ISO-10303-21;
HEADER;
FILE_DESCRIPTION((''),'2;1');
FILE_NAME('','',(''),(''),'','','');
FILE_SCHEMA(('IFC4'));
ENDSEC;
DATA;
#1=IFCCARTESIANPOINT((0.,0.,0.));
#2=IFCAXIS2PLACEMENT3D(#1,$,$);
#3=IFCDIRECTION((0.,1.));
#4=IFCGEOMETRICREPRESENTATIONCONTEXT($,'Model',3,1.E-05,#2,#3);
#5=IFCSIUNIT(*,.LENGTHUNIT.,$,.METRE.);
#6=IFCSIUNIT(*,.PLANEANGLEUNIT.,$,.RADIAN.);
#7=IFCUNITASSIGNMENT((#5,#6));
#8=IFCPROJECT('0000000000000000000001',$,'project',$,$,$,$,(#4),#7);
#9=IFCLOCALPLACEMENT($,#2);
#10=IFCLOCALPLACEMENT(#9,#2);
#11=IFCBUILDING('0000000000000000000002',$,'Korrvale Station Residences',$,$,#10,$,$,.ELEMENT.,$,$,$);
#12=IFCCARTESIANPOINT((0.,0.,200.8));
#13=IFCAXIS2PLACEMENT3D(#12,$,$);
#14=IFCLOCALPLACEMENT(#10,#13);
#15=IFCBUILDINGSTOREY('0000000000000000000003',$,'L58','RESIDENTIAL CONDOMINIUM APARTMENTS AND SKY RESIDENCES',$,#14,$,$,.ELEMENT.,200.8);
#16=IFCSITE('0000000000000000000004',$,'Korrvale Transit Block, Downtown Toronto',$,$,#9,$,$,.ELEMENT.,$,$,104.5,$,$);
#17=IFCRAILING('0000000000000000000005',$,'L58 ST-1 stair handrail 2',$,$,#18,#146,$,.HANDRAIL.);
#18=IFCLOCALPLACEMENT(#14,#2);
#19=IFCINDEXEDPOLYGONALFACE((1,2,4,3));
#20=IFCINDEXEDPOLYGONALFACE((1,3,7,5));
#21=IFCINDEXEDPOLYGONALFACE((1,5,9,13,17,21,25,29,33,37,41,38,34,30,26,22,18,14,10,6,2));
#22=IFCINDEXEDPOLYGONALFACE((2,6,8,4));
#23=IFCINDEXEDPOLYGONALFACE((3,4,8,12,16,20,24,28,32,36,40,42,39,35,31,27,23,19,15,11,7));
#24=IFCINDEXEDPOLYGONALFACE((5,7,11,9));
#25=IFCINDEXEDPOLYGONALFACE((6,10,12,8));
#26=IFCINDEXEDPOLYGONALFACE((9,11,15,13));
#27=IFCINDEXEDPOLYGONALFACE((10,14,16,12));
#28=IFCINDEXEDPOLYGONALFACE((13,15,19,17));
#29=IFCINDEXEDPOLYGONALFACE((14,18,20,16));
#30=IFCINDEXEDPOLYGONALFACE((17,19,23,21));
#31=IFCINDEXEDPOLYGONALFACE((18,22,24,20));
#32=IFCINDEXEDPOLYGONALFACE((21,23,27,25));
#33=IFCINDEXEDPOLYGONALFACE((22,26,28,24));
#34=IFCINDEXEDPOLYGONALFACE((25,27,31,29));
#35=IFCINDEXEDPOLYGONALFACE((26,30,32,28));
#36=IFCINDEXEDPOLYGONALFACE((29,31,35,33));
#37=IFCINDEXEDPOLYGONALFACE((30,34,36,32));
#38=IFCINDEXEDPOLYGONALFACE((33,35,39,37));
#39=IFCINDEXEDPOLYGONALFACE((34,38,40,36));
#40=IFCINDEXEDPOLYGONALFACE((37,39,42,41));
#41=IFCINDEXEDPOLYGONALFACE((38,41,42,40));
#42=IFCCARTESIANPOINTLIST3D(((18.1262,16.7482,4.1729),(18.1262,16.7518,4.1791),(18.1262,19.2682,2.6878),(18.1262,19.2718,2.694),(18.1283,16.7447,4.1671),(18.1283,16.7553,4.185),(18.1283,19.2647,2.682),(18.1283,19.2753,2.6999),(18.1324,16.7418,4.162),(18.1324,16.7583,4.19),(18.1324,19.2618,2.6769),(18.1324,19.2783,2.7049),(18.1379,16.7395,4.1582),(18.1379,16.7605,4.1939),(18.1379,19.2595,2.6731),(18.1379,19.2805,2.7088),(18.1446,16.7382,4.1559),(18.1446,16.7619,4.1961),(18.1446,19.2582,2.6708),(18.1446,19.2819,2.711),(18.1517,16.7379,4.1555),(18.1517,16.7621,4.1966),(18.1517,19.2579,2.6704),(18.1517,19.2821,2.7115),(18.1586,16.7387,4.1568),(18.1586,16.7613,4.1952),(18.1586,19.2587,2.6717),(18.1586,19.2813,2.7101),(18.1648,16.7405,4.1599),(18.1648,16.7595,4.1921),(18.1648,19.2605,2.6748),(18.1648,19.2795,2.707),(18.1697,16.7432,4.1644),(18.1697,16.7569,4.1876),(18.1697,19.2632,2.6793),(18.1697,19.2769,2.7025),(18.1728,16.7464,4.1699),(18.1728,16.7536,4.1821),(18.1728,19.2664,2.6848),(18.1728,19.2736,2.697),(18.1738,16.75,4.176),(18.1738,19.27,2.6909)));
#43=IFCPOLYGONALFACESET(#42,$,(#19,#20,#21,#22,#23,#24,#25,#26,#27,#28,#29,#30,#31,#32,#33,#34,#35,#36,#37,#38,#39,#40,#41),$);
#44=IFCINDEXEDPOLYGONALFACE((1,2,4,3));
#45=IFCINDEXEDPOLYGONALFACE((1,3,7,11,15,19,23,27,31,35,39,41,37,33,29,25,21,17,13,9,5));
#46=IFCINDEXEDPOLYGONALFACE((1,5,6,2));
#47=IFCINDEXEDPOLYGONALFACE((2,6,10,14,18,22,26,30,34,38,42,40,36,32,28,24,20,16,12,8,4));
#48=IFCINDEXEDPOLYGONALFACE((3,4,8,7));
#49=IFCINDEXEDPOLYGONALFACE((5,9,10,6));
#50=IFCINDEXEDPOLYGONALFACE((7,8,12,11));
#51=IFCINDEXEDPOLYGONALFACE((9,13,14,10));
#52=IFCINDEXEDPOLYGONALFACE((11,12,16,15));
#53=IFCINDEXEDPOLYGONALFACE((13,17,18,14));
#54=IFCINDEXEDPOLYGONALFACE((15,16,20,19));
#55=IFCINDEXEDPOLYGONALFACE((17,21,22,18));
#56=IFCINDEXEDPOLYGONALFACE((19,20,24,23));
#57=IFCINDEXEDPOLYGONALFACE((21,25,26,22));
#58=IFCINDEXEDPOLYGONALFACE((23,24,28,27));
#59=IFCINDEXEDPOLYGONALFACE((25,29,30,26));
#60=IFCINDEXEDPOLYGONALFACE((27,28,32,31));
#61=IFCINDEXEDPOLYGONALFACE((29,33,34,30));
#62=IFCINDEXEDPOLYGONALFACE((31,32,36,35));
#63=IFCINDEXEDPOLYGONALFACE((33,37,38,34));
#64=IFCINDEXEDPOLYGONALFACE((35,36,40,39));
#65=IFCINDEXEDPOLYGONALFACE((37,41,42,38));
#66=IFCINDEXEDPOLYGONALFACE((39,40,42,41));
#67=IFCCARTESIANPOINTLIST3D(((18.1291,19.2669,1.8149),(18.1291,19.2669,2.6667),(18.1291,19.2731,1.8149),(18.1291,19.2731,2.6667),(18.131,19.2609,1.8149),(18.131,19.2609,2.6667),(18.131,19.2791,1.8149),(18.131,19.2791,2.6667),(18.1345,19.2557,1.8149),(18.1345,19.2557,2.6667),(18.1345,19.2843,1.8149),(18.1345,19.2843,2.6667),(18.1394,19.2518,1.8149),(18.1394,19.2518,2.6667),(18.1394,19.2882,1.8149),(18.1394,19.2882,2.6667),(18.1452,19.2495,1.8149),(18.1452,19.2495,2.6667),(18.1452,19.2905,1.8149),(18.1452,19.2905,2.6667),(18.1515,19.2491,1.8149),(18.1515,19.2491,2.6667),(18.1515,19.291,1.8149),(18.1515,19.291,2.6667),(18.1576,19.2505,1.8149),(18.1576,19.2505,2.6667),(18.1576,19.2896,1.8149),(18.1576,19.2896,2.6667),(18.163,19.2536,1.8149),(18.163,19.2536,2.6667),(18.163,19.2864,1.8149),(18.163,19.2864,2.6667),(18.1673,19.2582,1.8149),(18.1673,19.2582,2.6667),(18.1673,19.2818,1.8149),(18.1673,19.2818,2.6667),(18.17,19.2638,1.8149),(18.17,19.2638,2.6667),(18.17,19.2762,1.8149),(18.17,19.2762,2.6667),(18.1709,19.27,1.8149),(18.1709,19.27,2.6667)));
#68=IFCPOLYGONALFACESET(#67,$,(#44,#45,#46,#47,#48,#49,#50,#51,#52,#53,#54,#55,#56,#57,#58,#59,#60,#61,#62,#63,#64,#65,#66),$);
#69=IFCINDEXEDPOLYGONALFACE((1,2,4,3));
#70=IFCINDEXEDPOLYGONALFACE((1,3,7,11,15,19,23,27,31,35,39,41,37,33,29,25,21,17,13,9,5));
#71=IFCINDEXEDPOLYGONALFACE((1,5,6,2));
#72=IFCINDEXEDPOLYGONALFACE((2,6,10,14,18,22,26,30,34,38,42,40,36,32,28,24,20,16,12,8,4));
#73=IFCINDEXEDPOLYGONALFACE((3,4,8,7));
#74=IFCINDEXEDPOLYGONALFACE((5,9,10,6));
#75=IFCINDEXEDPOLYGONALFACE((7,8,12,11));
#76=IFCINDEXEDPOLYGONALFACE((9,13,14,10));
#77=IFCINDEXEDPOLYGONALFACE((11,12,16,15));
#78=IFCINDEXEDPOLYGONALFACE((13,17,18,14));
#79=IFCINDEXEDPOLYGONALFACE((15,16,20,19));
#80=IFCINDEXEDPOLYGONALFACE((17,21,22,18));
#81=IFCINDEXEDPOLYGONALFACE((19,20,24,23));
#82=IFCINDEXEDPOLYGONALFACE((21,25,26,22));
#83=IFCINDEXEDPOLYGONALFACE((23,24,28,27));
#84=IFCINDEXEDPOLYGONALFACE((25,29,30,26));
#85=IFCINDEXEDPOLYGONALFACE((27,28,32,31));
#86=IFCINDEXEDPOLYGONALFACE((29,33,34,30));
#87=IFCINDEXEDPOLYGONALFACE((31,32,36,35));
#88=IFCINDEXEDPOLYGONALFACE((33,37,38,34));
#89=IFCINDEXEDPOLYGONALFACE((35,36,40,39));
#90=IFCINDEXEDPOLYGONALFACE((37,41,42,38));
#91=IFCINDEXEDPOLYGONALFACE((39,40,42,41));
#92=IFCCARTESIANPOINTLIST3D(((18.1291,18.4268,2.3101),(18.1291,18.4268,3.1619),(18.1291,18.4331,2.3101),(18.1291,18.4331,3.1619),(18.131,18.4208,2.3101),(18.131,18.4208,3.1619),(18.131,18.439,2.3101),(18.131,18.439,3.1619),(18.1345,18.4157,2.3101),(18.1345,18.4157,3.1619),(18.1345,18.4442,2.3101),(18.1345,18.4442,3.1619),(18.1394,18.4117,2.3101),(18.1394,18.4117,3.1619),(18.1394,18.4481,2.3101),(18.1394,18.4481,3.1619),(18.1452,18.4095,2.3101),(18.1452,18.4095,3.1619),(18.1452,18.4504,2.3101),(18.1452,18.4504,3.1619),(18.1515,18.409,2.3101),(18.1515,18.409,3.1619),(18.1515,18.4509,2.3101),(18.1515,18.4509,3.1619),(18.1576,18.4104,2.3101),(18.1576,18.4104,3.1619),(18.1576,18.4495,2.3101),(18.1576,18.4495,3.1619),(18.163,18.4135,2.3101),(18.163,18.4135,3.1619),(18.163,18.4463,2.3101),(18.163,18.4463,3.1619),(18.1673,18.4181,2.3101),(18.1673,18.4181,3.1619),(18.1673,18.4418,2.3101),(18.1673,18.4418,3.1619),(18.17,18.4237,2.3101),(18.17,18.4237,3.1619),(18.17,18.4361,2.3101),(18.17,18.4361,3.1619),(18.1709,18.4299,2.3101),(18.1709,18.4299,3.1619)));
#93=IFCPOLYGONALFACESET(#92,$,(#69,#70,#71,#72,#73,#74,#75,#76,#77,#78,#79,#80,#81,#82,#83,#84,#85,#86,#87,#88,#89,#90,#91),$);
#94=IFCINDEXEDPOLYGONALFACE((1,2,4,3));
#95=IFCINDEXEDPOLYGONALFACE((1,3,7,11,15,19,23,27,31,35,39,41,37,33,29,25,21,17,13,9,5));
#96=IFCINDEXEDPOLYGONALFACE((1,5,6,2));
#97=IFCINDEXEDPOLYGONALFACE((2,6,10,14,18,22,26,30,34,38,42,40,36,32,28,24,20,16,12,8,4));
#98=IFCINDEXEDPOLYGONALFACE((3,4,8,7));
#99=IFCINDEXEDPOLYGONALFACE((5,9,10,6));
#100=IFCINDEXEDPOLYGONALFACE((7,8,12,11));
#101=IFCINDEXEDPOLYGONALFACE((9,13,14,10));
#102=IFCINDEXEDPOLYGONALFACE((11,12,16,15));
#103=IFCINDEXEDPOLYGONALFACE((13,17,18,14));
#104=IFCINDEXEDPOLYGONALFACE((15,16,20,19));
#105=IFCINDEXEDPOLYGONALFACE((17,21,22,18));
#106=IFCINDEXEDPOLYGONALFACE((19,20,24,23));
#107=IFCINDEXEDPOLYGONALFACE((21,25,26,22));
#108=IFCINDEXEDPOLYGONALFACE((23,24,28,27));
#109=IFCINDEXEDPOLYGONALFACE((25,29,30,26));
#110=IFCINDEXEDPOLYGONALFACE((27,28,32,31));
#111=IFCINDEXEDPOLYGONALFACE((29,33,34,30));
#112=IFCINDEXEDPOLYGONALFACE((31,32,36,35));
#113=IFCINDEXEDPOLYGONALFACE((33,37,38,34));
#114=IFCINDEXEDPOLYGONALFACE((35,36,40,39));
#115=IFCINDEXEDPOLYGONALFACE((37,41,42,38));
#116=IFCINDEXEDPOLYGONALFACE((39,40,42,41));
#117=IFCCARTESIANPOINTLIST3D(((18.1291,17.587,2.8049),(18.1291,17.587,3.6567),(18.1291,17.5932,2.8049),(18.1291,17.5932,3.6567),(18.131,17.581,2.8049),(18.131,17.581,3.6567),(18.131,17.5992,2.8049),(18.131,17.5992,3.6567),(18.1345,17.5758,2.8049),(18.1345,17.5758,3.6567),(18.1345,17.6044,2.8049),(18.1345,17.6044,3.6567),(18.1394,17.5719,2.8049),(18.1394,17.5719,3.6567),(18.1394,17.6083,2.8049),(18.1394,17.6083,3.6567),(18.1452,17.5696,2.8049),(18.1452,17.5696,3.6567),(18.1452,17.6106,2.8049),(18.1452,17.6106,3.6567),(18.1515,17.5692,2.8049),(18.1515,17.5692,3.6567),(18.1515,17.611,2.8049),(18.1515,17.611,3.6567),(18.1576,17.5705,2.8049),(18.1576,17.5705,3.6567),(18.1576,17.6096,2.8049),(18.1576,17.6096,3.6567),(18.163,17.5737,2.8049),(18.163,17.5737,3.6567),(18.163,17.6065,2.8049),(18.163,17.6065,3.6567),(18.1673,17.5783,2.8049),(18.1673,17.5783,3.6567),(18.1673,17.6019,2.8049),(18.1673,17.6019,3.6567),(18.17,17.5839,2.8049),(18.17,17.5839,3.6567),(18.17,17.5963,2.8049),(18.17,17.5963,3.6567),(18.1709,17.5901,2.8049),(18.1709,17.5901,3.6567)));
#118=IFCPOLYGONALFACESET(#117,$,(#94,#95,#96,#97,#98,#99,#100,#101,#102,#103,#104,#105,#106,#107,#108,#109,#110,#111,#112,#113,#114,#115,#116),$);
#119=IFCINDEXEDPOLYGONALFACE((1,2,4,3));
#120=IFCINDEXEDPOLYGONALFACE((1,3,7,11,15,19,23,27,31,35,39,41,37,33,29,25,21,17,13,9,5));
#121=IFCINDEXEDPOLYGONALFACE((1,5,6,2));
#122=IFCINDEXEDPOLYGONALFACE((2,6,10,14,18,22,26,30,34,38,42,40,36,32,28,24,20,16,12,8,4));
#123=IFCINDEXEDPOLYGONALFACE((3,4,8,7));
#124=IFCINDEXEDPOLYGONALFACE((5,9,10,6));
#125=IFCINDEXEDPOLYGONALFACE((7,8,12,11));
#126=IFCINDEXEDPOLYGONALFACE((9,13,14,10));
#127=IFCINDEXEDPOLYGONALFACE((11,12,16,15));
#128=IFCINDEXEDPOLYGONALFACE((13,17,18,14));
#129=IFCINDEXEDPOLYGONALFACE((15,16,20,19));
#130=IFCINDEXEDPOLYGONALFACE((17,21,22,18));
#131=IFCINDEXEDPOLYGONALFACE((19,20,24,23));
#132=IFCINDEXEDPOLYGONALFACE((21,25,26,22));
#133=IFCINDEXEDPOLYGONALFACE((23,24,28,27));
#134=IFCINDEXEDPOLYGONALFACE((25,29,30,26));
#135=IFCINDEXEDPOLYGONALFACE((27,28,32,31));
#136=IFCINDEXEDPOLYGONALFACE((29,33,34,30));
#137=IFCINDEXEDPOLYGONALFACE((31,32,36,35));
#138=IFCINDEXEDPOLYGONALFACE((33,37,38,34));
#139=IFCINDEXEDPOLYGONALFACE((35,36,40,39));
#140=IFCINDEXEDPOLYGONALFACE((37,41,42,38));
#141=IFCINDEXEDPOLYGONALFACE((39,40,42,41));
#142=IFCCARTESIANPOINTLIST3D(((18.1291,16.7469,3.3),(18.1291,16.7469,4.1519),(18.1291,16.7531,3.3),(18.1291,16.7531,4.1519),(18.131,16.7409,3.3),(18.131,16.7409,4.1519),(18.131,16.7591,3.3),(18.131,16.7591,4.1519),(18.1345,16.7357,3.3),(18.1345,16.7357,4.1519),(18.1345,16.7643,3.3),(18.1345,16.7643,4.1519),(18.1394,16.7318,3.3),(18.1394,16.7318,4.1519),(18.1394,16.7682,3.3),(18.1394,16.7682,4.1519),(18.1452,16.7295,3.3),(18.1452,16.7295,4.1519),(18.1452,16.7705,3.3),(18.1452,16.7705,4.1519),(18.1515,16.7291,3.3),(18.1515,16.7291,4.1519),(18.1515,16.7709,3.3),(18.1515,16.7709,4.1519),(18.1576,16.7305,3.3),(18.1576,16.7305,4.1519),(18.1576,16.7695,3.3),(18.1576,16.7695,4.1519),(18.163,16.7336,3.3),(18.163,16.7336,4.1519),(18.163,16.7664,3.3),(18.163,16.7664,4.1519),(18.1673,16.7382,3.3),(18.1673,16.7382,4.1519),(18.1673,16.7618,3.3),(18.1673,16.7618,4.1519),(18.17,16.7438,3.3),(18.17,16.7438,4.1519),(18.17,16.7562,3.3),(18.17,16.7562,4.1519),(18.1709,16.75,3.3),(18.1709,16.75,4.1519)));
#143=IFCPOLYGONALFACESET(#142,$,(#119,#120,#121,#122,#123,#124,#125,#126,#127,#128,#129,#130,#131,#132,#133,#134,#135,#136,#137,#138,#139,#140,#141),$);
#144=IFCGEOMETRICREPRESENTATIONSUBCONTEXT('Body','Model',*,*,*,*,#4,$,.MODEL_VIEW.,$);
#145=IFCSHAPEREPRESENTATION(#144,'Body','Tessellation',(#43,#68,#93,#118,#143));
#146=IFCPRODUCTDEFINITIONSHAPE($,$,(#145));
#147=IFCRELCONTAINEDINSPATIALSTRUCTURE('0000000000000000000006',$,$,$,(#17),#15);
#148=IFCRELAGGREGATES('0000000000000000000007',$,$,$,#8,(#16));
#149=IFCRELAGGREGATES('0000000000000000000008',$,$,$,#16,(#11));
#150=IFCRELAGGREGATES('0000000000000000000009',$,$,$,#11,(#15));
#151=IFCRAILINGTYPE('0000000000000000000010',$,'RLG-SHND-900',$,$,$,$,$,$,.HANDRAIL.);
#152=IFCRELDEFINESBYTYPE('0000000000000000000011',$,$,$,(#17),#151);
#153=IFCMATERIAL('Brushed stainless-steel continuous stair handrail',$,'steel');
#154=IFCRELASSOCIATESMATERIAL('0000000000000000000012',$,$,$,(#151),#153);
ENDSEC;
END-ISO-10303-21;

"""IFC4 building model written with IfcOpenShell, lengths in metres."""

from ifc_helpers import new_model, si_unit, direction, frame, origin, origin_2d, place, context, subcontext, project, spatial, circle, extrude, material, type_object, element, save


model = new_model("IFC4")

# Units and contexts
model_context = context("Model", 3, precision=1e-05, world=origin(), true_north=direction((0.0, 1.0)))
body_context = subcontext(model_context, "Body", "Model", "MODEL_VIEW")
ifc_project = project(units=[si_unit("LENGTHUNIT", "METRE"), si_unit("PLANEANGLEUNIT", "RADIAN")], contexts=[model_context])

# Site, building, storey
site_placement = place(None, origin())
site = spatial("IfcSite", under=ifc_project, at=site_placement, Name="Korrvale Transit Block, Downtown Toronto", CompositionType="ELEMENT", RefElevation=104.5)
building_placement = place(site_placement, origin())
building = spatial("IfcBuilding", under=site, at=building_placement, Name="Korrvale Station Residences", CompositionType="ELEMENT")
storey_placement = place(building_placement, frame((0.0, 0.0, 200.8)))
storey = spatial("IfcBuildingStorey", under=building, at=storey_placement, Name="L58", Description="RESIDENTIAL CONDOMINIUM APARTMENTS AND SKY RESIDENCES", CompositionType="ELEMENT", Elevation=200.8)

# Railing
ifc_material_1 = material(Name="Brushed stainless-steel continuous stair handrail", Category="steel")
railing_type_1 = type_object("IfcRailingType", Name="RLG-SHND-900", PredefinedType="HANDRAIL", material=ifc_material_1)
railing_1_placement = place(storey_placement, frame((18.1499, 19.27, 1.8149)))
element("IfcRailing", 1, at=railing_1_placement, inside=storey, type_object=railing_type_1, Name="L58 ST-1 stair handrail 2", PredefinedType="HANDRAIL", context=body_context, shape_type="SweptSolid", body=[
    extrude(circle(Radius=0.0239, at=origin_2d()), frame((0.0, 0.0, 0.876), z_axis=(0.0, -0.861524, 0.507717), x_axis=(1.0, 0.0, 0.0)), (0.0, 0.0, 1.0), 2.925),
    extrude(circle(Radius=0.021, at=origin_2d()), origin(), (0.0, 0.0, 1.0), 0.8518),
    extrude(circle(Radius=0.021, at=origin_2d()), frame((0.0, -0.8401, 0.4951)), (0.0, 0.0, 1.0), 0.8518),
    extrude(circle(Radius=0.021, at=origin_2d()), frame((0.0, -1.6799, 0.99)), (0.0, 0.0, 1.0), 0.8518),
    extrude(circle(Radius=0.021, at=origin_2d()), frame((0.0, -2.52, 1.4851)), (0.0, 0.0, 1.0), 0.8518),
])

save(model, "model.ifc")
